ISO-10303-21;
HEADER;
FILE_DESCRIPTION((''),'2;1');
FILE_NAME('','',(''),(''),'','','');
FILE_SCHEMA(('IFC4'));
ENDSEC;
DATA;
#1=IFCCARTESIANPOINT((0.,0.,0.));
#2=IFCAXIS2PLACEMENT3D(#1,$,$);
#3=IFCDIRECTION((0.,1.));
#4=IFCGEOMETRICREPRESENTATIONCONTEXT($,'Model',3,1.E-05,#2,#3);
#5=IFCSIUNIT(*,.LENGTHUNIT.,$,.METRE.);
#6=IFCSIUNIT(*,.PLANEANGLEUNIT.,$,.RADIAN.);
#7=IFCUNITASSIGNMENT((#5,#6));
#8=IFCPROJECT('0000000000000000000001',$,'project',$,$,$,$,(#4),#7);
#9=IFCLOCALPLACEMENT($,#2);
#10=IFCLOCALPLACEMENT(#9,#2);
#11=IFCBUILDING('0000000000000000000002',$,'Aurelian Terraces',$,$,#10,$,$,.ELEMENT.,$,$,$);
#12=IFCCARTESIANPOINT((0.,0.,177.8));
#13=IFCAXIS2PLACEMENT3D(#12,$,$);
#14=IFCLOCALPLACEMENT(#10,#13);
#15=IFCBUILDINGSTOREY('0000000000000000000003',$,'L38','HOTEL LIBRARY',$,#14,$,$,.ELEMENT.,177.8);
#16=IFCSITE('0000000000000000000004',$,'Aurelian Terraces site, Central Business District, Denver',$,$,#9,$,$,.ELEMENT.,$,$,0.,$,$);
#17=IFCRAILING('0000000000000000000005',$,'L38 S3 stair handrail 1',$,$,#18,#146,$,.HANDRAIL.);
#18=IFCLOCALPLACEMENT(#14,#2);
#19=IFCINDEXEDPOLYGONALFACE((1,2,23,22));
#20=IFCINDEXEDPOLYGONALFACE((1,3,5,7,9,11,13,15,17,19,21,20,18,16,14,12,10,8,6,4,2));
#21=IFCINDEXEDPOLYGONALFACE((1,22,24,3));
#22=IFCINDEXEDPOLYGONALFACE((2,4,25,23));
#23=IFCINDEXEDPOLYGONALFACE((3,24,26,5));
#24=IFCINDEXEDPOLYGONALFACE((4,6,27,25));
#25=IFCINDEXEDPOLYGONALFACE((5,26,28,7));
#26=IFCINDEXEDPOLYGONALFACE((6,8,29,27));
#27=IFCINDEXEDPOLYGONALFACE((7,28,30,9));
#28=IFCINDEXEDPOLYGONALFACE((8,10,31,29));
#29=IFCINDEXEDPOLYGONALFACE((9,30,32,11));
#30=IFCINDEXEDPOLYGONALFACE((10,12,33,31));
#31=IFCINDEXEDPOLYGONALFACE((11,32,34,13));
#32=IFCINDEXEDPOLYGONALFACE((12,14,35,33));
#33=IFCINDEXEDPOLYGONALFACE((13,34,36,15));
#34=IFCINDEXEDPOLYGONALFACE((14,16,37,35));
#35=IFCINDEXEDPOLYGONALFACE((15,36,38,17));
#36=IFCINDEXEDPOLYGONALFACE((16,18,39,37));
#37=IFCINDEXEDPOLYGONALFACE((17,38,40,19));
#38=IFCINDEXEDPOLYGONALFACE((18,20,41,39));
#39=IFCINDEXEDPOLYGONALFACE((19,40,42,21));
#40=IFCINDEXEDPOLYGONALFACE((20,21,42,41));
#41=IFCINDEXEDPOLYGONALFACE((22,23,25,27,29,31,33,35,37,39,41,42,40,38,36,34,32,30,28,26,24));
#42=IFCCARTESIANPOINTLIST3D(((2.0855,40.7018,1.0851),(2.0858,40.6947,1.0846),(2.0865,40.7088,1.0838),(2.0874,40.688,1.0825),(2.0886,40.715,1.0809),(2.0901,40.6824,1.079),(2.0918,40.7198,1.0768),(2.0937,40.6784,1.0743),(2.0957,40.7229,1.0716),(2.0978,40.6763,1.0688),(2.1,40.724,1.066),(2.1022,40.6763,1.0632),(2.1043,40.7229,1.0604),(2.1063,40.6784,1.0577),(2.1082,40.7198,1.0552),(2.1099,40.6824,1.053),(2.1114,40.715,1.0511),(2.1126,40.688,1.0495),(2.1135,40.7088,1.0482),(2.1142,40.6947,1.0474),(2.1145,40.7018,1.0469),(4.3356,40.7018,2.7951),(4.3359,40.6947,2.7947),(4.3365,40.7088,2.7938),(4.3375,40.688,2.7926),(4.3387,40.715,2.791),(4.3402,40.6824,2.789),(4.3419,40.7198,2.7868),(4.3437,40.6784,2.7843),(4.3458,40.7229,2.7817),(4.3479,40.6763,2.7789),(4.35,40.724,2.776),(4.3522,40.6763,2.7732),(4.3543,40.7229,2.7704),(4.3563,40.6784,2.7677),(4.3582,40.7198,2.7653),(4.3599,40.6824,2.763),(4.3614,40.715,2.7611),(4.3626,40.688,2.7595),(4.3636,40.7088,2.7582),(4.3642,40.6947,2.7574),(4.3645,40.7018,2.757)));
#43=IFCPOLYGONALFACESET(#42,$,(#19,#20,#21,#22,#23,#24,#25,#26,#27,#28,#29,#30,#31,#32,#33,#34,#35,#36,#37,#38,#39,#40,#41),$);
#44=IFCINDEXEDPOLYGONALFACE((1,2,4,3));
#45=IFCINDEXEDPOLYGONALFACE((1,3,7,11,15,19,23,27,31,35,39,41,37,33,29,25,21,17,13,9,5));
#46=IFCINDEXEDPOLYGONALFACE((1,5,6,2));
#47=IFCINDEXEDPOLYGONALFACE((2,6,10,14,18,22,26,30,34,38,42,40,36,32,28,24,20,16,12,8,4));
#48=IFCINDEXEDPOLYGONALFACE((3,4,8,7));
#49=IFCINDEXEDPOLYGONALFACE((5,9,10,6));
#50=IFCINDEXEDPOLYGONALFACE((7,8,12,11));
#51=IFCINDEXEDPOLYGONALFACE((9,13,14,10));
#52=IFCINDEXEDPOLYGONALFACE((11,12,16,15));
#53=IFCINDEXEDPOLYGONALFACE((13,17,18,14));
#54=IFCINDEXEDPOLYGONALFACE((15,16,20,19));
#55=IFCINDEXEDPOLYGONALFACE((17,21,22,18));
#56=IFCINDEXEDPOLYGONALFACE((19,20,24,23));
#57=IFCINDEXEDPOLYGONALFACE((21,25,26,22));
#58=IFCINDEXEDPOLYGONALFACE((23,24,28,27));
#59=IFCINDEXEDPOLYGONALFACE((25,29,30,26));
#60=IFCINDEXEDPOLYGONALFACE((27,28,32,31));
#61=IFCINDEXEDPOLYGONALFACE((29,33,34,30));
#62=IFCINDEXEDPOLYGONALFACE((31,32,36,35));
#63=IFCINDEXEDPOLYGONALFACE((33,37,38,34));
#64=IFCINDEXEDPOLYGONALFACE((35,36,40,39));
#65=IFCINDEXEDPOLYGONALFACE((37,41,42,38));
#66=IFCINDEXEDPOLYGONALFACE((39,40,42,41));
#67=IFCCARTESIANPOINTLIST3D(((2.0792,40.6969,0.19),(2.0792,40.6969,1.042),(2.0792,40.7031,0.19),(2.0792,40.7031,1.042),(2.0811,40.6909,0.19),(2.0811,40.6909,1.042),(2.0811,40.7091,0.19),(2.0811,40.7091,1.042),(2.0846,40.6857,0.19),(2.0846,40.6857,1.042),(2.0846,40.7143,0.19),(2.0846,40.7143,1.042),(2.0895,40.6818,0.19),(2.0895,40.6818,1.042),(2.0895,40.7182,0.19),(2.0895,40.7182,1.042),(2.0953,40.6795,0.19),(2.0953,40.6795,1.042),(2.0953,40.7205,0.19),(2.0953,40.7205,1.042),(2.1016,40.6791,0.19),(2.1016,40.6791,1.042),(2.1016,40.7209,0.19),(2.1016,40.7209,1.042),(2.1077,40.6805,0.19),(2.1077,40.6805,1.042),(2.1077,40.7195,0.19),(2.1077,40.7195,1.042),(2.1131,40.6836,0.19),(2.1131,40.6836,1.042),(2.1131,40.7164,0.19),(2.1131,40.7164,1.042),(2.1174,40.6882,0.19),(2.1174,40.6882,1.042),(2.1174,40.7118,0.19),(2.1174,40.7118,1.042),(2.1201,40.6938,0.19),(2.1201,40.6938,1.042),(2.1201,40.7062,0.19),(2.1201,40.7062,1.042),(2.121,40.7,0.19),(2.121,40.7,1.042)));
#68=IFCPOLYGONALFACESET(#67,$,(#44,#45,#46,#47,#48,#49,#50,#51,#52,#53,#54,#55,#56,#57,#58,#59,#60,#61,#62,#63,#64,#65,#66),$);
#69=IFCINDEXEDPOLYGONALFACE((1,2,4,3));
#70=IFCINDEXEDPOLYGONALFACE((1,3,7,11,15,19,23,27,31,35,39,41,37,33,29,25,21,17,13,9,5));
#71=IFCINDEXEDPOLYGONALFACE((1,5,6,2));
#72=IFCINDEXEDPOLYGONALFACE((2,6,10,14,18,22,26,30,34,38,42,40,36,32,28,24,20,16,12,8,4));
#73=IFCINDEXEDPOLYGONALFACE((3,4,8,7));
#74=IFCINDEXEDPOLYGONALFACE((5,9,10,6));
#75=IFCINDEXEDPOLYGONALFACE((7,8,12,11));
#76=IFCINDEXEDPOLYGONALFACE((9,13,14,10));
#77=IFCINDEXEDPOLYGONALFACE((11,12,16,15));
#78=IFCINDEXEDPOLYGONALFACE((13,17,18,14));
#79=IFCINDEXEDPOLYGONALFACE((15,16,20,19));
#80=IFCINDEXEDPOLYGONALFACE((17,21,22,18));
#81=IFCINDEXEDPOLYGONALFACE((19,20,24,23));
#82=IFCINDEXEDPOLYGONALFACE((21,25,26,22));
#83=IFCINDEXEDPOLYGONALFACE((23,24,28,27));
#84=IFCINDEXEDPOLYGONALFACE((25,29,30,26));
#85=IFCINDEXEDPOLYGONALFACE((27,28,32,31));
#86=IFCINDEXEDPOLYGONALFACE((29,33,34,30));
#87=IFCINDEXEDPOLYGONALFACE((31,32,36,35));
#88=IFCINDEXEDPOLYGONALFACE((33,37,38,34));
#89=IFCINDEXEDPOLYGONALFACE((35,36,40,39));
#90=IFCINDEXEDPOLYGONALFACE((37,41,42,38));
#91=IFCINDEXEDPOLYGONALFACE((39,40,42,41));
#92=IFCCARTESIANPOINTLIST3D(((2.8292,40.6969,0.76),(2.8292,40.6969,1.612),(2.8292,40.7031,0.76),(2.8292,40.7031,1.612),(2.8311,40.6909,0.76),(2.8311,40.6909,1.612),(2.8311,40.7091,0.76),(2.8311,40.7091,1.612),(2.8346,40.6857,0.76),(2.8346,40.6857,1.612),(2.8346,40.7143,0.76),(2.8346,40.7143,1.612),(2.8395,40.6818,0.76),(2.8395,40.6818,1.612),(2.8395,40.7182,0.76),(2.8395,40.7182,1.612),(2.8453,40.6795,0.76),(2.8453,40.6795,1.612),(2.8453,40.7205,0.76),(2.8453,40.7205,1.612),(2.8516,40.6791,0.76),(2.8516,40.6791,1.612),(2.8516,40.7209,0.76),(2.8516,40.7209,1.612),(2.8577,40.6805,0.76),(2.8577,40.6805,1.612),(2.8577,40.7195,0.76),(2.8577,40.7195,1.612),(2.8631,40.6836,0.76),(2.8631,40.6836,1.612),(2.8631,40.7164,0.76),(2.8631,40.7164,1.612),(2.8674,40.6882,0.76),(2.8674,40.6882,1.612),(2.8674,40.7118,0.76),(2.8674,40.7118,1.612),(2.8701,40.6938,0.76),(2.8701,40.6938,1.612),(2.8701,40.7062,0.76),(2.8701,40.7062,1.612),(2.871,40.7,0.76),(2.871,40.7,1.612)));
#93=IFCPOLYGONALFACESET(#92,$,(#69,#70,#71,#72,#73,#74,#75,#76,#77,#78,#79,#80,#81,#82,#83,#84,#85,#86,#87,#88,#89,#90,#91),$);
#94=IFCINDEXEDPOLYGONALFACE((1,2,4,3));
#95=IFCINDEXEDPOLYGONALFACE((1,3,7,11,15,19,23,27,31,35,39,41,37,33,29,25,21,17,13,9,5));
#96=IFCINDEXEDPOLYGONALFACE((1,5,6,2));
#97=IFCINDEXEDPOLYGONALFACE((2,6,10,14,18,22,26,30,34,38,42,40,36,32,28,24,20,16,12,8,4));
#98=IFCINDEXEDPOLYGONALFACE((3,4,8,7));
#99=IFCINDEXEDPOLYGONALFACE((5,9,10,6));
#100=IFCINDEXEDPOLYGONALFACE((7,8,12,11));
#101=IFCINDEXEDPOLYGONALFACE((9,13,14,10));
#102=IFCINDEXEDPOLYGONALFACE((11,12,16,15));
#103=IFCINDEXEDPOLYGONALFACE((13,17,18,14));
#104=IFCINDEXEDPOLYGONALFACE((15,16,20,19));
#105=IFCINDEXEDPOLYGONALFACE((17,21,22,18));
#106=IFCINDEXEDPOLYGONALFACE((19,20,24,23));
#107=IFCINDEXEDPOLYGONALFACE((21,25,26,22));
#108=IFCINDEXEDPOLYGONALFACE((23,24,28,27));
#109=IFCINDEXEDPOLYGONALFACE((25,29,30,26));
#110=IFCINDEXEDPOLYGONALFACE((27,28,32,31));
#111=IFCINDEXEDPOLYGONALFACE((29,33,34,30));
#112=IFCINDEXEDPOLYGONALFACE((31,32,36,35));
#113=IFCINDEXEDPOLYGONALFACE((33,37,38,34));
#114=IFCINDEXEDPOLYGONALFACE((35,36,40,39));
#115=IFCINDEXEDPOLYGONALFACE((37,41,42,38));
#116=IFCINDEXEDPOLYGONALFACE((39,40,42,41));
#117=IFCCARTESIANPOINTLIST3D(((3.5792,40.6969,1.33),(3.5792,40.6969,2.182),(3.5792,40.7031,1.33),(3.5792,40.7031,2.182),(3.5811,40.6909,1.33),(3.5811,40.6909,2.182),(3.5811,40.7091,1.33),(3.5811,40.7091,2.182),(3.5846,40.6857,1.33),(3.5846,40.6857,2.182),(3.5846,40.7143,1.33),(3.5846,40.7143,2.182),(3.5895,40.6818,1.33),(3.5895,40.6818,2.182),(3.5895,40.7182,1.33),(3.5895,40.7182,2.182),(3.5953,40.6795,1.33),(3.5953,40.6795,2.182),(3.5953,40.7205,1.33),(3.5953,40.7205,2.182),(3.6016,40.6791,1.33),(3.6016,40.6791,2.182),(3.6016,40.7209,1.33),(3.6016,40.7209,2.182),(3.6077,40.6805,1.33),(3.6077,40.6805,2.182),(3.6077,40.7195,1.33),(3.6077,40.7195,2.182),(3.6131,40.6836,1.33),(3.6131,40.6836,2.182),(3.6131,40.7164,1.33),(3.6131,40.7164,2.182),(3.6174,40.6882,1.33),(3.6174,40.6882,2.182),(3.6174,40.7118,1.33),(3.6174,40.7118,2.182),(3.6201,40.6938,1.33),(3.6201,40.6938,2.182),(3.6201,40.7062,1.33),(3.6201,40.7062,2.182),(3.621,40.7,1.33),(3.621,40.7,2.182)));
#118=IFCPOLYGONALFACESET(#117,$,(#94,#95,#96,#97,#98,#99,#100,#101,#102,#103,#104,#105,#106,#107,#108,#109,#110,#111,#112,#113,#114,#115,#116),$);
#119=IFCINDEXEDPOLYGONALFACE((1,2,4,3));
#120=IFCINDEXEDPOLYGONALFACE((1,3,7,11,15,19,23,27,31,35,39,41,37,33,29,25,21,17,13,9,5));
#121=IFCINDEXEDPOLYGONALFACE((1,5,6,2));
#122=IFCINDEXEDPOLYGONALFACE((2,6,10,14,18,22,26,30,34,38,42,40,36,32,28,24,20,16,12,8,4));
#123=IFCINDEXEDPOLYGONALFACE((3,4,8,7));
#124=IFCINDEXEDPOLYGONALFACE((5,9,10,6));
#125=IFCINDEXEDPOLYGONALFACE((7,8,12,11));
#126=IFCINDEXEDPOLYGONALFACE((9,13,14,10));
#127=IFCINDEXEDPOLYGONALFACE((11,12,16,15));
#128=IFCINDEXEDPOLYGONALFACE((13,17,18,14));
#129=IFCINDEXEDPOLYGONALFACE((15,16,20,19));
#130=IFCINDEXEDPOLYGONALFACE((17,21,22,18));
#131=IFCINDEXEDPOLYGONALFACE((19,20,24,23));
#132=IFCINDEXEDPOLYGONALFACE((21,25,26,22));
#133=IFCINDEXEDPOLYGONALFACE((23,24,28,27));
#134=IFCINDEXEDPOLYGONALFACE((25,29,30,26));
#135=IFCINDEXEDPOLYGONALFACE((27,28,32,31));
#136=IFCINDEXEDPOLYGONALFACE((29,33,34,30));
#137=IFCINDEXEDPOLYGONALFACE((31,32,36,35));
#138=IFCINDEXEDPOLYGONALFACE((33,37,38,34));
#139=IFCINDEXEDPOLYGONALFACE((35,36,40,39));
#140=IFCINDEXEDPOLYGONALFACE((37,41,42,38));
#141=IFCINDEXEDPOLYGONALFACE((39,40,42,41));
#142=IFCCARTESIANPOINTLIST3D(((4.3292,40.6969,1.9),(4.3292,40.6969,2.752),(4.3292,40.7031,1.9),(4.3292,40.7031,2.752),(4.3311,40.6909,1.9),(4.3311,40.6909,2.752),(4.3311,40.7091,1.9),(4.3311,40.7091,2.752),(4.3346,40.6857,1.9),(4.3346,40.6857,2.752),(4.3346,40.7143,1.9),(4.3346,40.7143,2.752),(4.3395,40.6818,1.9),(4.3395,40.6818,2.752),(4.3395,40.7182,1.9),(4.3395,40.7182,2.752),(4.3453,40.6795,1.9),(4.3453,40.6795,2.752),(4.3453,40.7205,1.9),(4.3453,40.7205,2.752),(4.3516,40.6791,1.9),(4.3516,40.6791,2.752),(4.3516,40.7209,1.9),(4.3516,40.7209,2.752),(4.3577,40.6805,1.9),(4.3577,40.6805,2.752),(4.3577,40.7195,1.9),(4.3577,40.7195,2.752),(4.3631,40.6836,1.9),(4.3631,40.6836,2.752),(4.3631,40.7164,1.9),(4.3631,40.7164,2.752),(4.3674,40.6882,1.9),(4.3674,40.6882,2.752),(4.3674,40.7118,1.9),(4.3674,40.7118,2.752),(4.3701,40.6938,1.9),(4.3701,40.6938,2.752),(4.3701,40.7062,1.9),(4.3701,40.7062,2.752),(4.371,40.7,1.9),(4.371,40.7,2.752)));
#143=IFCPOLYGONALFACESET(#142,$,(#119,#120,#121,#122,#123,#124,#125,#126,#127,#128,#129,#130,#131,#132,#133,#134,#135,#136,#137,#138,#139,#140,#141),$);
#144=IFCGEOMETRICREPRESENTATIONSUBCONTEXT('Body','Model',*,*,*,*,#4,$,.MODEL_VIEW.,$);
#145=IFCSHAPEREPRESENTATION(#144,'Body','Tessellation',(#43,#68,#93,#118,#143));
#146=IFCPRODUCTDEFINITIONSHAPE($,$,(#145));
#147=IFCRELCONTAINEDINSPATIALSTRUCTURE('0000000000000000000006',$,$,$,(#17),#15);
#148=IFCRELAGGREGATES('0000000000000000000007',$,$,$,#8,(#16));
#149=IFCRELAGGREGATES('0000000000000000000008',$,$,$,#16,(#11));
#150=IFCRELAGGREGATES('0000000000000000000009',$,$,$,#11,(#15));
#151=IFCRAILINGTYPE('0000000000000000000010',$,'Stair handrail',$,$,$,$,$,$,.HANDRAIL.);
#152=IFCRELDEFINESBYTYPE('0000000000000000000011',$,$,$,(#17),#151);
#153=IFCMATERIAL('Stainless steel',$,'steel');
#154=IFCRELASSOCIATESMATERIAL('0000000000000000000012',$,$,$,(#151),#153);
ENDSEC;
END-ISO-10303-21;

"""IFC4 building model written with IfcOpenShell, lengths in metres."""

from ifc_helpers import new_model, si_unit, direction, frame, origin, origin_2d, place, context, subcontext, project, spatial, circle, extrude, material, type_object, element, save


model = new_model("IFC4")

# Units and contexts
model_context = context("Model", 3, precision=1e-05, world=origin(), true_north=direction((0.0, 1.0)))
body_context = subcontext(model_context, "Body", "Model", "MODEL_VIEW")
ifc_project = project(units=[si_unit("LENGTHUNIT", "METRE"), si_unit("PLANEANGLEUNIT", "RADIAN")], contexts=[model_context])

# Site, building, storey
site_placement = place(None, origin())
site = spatial("IfcSite", under=ifc_project, at=site_placement, Name="Aurelian Terraces site, Central Business District, Denver", CompositionType="ELEMENT", RefElevation=0.0)
building_placement = place(site_placement, origin())
building = spatial("IfcBuilding", under=site, at=building_placement, Name="Aurelian Terraces", CompositionType="ELEMENT")
storey_placement = place(building_placement, frame((0.0, 0.0, 177.8)))
storey = spatial("IfcBuildingStorey", under=building, at=storey_placement, Name="L38", Description="HOTEL LIBRARY", CompositionType="ELEMENT", Elevation=177.8)

# Railing
ifc_material_1 = material(Name="Stainless steel", Category="steel")
railing_type_1 = type_object("IfcRailingType", Name="Stair handrail", PredefinedType="HANDRAIL", material=ifc_material_1)
railing_1_placement = place(storey_placement, frame((2.1, 40.7, 0.19)))
element("IfcRailing", 1, at=railing_1_placement, inside=storey, type_object=railing_type_1, Name="L38 S3 stair handrail 1", PredefinedType="HANDRAIL", context=body_context, shape_type="SweptSolid", body=[
    extrude(circle(Radius=0.024, at=origin_2d()), frame((0.0, 0.0, 0.876), z_axis=(0.796162, 0.0, 0.605083), x_axis=(0.0, 1.0, 0.0)), (0.0, 0.0, 1.0), 2.8261),
    extrude(circle(Radius=0.021, at=origin_2d()), origin(), (0.0, 0.0, 1.0), 0.852),
    extrude(circle(Radius=0.021, at=origin_2d()), frame((0.75, 0.0, 0.57)), (0.0, 0.0, 1.0), 0.852),
    extrude(circle(Radius=0.021, at=origin_2d()), frame((1.5, 0.0, 1.14)), (0.0, 0.0, 1.0), 0.852),
    extrude(circle(Radius=0.021, at=origin_2d()), frame((2.25, 0.0, 1.71)), (0.0, 0.0, 1.0), 0.852),
])

save(model, "model.ifc")
